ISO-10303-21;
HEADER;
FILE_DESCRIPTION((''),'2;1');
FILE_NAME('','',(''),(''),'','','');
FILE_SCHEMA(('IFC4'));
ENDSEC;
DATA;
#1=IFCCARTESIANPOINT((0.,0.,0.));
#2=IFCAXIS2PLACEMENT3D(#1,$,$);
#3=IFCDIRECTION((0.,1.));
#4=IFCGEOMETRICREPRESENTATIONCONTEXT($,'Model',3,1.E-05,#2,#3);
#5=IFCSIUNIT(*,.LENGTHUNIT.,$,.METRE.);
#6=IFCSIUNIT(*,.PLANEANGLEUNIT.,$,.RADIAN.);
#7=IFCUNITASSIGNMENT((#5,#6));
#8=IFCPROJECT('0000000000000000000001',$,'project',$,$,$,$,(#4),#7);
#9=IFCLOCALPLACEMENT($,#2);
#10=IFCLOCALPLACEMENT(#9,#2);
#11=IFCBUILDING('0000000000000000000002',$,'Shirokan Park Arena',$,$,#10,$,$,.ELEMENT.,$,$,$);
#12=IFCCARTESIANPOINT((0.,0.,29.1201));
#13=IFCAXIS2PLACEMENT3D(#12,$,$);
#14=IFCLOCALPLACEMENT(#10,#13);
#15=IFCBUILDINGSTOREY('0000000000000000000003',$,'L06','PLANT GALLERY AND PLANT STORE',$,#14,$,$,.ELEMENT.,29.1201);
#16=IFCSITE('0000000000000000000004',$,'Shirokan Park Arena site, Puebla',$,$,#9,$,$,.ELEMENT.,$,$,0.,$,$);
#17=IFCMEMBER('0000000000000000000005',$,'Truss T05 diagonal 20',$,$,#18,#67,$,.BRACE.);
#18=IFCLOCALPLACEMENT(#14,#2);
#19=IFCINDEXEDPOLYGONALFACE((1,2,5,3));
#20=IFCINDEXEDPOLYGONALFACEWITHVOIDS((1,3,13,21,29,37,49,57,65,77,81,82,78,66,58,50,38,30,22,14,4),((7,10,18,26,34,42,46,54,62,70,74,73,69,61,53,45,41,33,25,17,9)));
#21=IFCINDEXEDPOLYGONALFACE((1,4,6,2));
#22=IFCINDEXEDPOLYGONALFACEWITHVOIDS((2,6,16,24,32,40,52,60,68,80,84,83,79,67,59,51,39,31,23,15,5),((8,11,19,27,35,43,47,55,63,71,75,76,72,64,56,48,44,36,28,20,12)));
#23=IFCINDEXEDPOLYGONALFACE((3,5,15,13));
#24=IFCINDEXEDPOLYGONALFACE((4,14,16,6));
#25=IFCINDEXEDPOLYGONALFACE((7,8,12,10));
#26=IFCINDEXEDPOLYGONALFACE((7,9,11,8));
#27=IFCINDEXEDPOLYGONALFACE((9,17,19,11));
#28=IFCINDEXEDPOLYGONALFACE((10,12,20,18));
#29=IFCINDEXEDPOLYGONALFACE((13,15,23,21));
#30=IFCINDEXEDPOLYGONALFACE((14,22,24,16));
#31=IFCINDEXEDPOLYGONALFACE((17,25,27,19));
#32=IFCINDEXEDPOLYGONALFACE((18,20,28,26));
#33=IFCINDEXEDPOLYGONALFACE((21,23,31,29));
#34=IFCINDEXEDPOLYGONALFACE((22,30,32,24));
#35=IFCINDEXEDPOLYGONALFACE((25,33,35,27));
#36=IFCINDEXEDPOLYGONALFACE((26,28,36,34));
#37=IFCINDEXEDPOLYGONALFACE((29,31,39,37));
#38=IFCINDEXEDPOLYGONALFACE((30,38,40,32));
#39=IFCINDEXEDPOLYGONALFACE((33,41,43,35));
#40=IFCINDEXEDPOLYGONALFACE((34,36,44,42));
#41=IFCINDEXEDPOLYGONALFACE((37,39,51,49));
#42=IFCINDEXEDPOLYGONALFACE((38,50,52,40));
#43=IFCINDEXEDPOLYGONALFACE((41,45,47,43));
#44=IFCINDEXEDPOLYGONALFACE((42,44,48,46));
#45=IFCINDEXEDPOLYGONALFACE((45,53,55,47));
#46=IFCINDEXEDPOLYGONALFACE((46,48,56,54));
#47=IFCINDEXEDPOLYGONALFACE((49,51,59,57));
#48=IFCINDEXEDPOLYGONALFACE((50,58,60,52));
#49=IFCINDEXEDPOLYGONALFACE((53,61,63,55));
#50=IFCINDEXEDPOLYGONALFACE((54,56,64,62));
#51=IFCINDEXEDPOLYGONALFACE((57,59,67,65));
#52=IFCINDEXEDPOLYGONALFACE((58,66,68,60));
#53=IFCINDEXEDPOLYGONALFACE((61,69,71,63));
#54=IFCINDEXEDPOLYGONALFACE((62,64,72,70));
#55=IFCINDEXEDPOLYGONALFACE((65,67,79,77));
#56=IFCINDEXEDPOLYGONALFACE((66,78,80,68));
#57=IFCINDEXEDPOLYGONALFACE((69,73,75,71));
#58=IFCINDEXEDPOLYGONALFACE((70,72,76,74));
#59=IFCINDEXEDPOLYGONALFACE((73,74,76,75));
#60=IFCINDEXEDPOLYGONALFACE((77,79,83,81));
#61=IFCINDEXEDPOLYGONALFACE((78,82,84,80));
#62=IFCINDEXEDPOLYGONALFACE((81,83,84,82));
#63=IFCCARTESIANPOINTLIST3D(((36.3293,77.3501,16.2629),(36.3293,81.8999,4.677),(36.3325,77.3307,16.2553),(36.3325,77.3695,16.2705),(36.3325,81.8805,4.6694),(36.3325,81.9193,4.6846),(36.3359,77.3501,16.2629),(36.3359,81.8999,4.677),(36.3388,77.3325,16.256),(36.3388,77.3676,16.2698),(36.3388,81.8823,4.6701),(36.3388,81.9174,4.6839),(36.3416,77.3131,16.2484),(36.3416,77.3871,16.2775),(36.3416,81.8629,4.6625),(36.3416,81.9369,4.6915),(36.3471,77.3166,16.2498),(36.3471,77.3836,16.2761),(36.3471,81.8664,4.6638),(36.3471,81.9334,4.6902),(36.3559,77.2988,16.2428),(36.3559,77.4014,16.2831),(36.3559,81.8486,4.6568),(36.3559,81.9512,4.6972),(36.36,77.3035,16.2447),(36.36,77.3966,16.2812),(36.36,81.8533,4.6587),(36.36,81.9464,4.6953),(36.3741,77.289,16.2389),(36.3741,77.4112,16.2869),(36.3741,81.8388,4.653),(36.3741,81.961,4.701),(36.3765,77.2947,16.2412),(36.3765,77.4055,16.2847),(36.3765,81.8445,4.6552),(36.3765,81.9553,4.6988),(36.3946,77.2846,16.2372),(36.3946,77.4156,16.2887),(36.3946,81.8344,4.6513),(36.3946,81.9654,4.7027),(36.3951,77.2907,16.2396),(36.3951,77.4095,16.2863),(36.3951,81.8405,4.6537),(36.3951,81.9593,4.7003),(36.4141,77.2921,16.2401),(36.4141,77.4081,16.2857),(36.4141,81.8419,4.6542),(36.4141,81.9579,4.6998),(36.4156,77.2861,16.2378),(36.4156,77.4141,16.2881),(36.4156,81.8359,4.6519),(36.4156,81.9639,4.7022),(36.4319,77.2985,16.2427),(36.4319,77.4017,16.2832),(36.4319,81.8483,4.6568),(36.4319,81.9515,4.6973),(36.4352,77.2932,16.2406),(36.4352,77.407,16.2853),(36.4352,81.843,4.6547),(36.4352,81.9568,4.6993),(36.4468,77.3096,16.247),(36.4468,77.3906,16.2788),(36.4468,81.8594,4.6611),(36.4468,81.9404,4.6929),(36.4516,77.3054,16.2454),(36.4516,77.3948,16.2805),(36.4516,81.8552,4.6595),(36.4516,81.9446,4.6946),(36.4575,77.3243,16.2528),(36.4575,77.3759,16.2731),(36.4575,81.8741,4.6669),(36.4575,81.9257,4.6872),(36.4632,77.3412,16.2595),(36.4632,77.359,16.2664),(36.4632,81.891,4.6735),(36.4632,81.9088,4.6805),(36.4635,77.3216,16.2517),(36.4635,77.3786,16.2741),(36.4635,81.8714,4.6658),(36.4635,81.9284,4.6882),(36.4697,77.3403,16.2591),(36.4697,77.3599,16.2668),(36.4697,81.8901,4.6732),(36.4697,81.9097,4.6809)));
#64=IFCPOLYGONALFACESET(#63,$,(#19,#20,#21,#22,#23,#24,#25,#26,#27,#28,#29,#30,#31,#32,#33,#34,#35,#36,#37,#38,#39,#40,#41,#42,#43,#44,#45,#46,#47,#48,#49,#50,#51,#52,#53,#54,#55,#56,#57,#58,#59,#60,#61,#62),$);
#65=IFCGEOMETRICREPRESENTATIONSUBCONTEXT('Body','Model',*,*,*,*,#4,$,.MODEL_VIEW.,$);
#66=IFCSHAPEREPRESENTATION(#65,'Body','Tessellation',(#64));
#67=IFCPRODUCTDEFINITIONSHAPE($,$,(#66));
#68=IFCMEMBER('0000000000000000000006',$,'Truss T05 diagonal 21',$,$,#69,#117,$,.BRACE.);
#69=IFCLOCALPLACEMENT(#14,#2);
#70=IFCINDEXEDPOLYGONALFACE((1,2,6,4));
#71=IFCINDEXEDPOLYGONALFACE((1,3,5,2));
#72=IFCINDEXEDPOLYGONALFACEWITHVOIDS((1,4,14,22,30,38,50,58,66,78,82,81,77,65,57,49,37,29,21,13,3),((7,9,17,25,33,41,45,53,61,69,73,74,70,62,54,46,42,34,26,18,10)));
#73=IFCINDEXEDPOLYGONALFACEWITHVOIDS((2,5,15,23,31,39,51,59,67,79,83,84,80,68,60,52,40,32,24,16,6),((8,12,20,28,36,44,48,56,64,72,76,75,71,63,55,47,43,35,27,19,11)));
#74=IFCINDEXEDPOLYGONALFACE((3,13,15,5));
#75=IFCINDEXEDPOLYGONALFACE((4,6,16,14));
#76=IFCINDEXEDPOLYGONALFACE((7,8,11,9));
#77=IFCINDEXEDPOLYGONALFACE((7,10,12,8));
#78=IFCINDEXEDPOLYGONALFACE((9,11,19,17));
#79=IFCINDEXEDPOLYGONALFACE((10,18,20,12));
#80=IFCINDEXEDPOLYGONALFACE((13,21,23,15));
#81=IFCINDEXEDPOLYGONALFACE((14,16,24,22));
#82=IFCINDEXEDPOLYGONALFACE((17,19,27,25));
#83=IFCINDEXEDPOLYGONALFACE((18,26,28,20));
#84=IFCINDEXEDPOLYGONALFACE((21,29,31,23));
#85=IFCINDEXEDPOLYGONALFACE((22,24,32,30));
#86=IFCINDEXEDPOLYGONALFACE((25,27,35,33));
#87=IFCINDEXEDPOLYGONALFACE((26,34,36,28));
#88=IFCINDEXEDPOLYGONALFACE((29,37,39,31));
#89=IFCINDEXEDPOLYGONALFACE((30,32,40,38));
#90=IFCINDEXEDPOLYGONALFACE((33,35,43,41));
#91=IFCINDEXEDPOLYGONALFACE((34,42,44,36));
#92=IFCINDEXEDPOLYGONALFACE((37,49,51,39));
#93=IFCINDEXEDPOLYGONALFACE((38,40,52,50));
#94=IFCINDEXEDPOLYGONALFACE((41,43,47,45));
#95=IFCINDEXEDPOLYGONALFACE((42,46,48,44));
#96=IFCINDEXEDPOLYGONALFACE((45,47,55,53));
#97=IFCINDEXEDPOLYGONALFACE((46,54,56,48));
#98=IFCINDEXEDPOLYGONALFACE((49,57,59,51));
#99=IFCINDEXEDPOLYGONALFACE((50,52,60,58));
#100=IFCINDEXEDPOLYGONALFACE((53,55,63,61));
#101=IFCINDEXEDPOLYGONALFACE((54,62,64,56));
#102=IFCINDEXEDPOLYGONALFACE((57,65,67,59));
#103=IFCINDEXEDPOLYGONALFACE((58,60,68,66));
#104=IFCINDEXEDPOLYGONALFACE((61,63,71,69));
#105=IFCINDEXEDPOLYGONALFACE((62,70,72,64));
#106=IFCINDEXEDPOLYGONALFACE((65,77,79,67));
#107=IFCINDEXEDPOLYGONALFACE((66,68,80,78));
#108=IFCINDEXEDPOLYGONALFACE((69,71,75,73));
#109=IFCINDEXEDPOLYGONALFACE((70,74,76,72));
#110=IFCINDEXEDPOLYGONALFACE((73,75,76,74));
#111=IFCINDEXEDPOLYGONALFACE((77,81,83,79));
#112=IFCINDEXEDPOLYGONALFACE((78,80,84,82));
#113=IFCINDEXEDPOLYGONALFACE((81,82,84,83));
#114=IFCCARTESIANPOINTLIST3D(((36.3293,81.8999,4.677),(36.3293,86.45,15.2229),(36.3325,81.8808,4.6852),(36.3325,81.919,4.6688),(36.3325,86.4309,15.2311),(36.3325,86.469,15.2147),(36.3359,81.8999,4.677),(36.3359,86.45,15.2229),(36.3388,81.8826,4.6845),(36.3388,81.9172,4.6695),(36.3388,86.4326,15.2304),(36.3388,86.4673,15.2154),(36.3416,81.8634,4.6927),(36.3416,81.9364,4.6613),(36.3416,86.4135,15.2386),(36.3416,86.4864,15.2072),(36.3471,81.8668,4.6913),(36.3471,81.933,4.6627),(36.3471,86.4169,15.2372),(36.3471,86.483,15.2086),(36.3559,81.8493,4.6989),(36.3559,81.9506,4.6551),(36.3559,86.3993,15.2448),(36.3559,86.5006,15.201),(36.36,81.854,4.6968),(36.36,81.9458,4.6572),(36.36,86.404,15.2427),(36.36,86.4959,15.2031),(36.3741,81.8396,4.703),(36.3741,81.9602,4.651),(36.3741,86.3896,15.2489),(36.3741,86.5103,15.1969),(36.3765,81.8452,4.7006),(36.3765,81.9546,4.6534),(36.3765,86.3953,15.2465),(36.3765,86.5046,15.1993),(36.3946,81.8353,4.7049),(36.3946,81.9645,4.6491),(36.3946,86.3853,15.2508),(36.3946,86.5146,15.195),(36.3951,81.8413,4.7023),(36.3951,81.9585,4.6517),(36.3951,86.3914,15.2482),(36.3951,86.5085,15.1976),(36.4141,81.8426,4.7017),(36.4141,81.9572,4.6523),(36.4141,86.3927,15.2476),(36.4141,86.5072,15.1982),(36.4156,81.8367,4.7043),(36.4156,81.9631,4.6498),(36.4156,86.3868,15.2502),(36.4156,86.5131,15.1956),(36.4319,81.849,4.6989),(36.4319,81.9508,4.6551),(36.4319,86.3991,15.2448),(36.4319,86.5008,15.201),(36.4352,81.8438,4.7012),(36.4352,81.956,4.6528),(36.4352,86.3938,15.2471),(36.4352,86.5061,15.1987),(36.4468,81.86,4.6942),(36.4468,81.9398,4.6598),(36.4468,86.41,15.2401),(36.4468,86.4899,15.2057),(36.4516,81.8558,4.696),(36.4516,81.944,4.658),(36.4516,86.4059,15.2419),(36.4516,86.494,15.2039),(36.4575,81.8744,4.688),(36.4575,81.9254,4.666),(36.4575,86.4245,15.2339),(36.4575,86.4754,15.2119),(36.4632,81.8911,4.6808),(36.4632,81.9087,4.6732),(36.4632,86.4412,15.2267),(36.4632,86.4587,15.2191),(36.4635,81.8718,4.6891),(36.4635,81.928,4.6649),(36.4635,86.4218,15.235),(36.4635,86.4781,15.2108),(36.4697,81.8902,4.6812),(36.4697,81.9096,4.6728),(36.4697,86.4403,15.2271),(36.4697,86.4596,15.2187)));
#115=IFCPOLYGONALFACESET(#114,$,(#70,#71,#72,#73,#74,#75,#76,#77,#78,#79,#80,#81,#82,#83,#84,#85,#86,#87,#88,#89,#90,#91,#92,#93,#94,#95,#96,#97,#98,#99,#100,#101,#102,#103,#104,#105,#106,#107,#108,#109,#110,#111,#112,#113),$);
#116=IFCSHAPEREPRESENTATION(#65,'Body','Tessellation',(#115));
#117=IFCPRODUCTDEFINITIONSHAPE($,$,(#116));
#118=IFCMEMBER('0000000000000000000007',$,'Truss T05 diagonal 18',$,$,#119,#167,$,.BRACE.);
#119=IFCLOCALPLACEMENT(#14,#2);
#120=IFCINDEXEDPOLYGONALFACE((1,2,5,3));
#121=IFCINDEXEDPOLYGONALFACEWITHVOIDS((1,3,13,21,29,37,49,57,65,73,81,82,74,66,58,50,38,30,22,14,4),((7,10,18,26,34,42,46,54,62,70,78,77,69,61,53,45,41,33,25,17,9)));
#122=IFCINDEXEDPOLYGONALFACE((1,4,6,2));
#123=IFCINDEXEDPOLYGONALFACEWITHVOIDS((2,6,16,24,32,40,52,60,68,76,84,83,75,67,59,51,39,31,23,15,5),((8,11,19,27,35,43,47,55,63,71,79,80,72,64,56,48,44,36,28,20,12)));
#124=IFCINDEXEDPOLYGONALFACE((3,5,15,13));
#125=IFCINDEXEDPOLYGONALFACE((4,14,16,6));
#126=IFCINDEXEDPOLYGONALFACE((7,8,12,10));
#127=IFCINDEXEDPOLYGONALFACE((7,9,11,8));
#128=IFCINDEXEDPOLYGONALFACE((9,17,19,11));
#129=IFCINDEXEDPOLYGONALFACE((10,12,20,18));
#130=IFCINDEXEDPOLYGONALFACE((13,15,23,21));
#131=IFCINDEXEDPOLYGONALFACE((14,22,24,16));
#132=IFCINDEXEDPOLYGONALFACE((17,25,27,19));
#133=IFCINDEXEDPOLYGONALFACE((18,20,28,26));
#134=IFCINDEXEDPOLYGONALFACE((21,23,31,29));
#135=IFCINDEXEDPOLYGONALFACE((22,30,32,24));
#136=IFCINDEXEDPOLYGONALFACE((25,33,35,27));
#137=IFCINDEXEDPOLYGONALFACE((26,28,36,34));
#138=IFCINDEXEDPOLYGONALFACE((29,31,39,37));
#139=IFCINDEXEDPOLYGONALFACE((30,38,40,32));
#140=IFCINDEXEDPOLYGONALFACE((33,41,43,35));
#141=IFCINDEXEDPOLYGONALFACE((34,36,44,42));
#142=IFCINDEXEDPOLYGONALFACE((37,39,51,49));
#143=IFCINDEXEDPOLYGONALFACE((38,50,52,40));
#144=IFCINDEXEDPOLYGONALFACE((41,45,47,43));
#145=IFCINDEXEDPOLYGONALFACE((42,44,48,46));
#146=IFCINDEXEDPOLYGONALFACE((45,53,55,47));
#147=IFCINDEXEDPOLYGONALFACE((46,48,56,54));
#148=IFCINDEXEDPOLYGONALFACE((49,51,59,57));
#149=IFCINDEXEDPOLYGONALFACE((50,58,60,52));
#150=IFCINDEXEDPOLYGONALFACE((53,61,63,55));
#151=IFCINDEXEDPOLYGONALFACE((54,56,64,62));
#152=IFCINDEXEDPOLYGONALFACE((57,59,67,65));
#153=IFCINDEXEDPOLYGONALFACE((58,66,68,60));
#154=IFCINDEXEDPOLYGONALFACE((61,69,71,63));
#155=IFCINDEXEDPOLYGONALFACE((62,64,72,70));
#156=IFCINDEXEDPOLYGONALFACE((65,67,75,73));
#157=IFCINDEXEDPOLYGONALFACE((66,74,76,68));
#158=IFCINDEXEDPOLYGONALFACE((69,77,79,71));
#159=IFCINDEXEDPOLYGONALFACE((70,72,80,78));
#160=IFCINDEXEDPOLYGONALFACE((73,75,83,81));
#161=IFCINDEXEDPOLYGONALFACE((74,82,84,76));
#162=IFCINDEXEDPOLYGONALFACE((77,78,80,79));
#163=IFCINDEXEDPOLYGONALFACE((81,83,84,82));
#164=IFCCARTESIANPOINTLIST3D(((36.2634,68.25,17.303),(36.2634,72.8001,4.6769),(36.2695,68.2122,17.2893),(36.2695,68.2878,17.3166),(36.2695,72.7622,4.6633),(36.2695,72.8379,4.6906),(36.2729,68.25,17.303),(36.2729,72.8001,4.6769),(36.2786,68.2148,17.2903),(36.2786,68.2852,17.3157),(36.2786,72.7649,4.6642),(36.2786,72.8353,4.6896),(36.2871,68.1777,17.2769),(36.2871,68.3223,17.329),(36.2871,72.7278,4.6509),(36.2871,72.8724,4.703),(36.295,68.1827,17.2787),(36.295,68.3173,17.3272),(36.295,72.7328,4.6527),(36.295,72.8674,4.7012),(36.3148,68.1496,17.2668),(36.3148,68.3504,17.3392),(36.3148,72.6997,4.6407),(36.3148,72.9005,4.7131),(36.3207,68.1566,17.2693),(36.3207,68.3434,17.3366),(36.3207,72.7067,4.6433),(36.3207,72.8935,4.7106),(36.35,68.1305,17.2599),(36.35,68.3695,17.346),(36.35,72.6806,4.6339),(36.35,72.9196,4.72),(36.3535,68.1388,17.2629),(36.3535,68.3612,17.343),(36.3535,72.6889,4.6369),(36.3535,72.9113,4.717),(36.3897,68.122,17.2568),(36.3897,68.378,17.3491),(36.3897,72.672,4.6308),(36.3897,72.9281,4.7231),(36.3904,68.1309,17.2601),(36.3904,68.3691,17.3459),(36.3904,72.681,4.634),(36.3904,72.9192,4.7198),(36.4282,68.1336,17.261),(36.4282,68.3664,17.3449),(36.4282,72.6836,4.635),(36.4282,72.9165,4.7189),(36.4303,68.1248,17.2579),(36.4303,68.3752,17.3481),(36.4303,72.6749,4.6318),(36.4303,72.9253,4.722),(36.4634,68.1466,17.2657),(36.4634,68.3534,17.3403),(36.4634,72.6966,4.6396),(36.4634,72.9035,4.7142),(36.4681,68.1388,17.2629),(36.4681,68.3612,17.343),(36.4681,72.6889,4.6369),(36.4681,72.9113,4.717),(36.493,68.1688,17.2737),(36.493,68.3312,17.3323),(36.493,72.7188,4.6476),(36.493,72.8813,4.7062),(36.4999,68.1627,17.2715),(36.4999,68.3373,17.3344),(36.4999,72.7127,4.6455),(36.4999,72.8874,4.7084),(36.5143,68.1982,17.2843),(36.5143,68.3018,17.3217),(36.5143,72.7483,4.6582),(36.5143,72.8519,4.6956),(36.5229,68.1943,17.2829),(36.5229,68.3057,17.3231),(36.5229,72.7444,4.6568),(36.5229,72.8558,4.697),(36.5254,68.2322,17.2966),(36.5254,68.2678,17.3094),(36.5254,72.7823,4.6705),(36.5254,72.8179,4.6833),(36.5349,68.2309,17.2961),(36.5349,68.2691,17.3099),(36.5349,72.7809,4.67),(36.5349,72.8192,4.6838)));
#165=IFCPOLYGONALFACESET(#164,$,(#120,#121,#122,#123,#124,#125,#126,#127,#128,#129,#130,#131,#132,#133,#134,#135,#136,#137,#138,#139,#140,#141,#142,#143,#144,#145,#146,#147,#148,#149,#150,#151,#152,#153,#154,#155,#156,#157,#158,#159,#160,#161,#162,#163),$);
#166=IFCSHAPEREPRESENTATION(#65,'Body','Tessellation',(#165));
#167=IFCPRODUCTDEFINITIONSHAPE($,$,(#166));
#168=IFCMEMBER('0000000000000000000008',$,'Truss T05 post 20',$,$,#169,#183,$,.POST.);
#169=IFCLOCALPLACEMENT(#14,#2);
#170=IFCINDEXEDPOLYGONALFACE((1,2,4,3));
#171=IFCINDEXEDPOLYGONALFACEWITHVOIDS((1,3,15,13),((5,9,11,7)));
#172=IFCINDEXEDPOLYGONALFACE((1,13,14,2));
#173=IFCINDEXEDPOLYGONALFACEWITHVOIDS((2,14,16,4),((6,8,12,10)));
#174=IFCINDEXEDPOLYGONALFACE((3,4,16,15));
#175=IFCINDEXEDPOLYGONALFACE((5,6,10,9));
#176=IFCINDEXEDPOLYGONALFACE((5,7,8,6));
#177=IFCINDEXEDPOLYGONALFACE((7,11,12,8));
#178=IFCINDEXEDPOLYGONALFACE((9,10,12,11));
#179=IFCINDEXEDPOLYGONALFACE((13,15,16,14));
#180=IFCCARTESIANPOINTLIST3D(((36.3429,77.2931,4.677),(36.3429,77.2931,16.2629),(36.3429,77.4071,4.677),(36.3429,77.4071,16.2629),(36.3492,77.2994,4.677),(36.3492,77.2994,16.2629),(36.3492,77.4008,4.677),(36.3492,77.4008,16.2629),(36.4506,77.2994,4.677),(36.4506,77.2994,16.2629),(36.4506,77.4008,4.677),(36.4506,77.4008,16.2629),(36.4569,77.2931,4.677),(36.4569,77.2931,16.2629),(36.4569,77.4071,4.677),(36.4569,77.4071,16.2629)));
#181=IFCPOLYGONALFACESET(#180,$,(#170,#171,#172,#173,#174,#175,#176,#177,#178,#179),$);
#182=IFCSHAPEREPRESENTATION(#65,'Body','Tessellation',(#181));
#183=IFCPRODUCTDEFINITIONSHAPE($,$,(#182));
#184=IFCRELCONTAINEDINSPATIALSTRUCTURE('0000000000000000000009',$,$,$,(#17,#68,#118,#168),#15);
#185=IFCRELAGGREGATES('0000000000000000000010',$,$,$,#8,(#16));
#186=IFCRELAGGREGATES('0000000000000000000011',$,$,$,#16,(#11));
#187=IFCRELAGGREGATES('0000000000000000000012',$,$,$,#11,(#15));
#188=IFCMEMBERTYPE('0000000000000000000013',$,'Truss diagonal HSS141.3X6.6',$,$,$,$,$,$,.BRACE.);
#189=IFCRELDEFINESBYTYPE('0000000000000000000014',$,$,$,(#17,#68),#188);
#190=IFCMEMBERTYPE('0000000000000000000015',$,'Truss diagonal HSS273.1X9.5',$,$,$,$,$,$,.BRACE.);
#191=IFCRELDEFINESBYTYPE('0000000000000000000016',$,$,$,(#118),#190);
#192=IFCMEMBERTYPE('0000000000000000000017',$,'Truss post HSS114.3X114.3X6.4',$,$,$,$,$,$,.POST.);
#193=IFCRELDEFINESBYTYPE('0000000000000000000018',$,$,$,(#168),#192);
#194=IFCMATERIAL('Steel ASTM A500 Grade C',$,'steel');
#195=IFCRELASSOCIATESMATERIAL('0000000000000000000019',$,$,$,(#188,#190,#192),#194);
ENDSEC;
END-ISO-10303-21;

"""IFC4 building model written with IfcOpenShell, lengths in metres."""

from ifc_helpers import new_model, si_unit, direction, frame, origin, origin_2d, place, context, subcontext, project, spatial, hollow_rectangle, hollow_circle, extrude, material, material_profile, profile_set, type_object, element, save


model = new_model("IFC4")

# Units and contexts
model_context = context("Model", 3, precision=1e-05, world=origin(), true_north=direction((0.0, 1.0)))
body_context = subcontext(model_context, "Body", "Model", "MODEL_VIEW")
ifc_project = project(units=[si_unit("LENGTHUNIT", "METRE"), si_unit("PLANEANGLEUNIT", "RADIAN")], contexts=[model_context])

# Site, building, storey
site_placement = place(None, origin())
site = spatial("IfcSite", under=ifc_project, at=site_placement, Name="Shirokan Park Arena site, Puebla", CompositionType="ELEMENT", RefElevation=0.0)
building_placement = place(site_placement, origin())
building = spatial("IfcBuilding", under=site, at=building_placement, Name="Shirokan Park Arena", CompositionType="ELEMENT")
storey_placement = place(building_placement, frame((0.0, 0.0, 29.1201)))
storey = spatial("IfcBuildingStorey", under=building, at=storey_placement, Name="L06", Description="PLANT GALLERY AND PLANT STORE", CompositionType="ELEMENT", Elevation=29.1201)

# Members
ifc_material_1 = material(Name="Steel ASTM A500 Grade C", Category="steel")
ifc_material_profile_1 = material_profile(ifc_material_1, hollow_circle(Radius=0.0706, WallThickness=0.0066, at=origin_2d()), Name="HSS141.3X6.6")
ifc_profile_set_1 = profile_set([ifc_material_profile_1], Name="Steel ASTM A500 Grade C")
member_type_1 = type_object("IfcMemberType", Name="Truss diagonal HSS141.3X6.6", PredefinedType="BRACE", material=ifc_profile_set_1)
member_1_placement = place(storey_placement, frame((36.3999, 77.3501, 16.2629), z_axis=(0.0, 0.365526, -0.930801), x_axis=(-1.0, 0.0, 0.0)))
element("IfcMember", 1, at=member_1_placement, inside=storey, type_object=member_type_1, Name="Truss T05 diagonal 20", PredefinedType="BRACE", context=body_context, shape_type="SweptSolid", body=[
    extrude(hollow_circle(Radius=0.0706, WallThickness=0.0066, at=origin_2d()), origin(), (0.0, 0.0, 1.0), 12.4473),
])
member_2_placement = place(storey_placement, frame((36.3999, 81.8999, 4.677), z_axis=(0.0, 0.396153, 0.918185), x_axis=(-1.0, 0.0, 0.0)))
element("IfcMember", 2, at=member_2_placement, inside=storey, type_object=member_type_1, Name="Truss T05 diagonal 21", PredefinedType="BRACE", context=body_context, shape_type="SweptSolid", body=[
    extrude(hollow_circle(Radius=0.0706, WallThickness=0.0066, at=origin_2d()), origin(), (0.0, 0.0, 1.0), 11.4856),
])
ifc_material_profile_2 = material_profile(ifc_material_1, hollow_circle(Radius=0.1365, WallThickness=0.0095, at=origin_2d()), Name="HSS273.1X9.5")
ifc_profile_set_2 = profile_set([ifc_material_profile_2], Name="Steel ASTM A500 Grade C")
member_type_2 = type_object("IfcMemberType", Name="Truss diagonal HSS273.1X9.5", PredefinedType="BRACE", material=ifc_profile_set_2)
member_3_placement = place(storey_placement, frame((36.3999, 68.25, 17.303), z_axis=(0.0, 0.339029, -0.940776), x_axis=(-1.0, 0.0, 0.0)))
element("IfcMember", 3, at=member_3_placement, inside=storey, type_object=member_type_2, Name="Truss T05 diagonal 18", PredefinedType="BRACE", context=body_context, shape_type="SweptSolid", body=[
    extrude(hollow_circle(Radius=0.1365, WallThickness=0.0095, at=origin_2d()), origin(), (0.0, 0.0, 1.0), 13.4209),
])
ifc_material_profile_3 = material_profile(ifc_material_1, hollow_rectangle(XDim=0.114, YDim=0.114, WallThickness=0.0063, at=origin_2d()), Name="HSS114.3X114.3X6.4")
ifc_profile_set_3 = profile_set([ifc_material_profile_3], Name="Steel ASTM A500 Grade C")
member_type_3 = type_object("IfcMemberType", Name="Truss post HSS114.3X114.3X6.4", PredefinedType="POST", material=ifc_profile_set_3)
member_4_placement = place(storey_placement, frame((36.3999, 77.3501, 4.677), z_axis=(0.0, 0.0, 1.0), x_axis=(1.0, 0.0, 0.0)))
element("IfcMember", 4, at=member_4_placement, inside=storey, type_object=member_type_3, Name="Truss T05 post 20", PredefinedType="POST", context=body_context, shape_type="SweptSolid", body=[
    extrude(hollow_rectangle(XDim=0.114, YDim=0.114, WallThickness=0.0063, at=origin_2d()), origin(), (0.0, 0.0, 1.0), 11.5859),
])

save(model, "model.ifc")
